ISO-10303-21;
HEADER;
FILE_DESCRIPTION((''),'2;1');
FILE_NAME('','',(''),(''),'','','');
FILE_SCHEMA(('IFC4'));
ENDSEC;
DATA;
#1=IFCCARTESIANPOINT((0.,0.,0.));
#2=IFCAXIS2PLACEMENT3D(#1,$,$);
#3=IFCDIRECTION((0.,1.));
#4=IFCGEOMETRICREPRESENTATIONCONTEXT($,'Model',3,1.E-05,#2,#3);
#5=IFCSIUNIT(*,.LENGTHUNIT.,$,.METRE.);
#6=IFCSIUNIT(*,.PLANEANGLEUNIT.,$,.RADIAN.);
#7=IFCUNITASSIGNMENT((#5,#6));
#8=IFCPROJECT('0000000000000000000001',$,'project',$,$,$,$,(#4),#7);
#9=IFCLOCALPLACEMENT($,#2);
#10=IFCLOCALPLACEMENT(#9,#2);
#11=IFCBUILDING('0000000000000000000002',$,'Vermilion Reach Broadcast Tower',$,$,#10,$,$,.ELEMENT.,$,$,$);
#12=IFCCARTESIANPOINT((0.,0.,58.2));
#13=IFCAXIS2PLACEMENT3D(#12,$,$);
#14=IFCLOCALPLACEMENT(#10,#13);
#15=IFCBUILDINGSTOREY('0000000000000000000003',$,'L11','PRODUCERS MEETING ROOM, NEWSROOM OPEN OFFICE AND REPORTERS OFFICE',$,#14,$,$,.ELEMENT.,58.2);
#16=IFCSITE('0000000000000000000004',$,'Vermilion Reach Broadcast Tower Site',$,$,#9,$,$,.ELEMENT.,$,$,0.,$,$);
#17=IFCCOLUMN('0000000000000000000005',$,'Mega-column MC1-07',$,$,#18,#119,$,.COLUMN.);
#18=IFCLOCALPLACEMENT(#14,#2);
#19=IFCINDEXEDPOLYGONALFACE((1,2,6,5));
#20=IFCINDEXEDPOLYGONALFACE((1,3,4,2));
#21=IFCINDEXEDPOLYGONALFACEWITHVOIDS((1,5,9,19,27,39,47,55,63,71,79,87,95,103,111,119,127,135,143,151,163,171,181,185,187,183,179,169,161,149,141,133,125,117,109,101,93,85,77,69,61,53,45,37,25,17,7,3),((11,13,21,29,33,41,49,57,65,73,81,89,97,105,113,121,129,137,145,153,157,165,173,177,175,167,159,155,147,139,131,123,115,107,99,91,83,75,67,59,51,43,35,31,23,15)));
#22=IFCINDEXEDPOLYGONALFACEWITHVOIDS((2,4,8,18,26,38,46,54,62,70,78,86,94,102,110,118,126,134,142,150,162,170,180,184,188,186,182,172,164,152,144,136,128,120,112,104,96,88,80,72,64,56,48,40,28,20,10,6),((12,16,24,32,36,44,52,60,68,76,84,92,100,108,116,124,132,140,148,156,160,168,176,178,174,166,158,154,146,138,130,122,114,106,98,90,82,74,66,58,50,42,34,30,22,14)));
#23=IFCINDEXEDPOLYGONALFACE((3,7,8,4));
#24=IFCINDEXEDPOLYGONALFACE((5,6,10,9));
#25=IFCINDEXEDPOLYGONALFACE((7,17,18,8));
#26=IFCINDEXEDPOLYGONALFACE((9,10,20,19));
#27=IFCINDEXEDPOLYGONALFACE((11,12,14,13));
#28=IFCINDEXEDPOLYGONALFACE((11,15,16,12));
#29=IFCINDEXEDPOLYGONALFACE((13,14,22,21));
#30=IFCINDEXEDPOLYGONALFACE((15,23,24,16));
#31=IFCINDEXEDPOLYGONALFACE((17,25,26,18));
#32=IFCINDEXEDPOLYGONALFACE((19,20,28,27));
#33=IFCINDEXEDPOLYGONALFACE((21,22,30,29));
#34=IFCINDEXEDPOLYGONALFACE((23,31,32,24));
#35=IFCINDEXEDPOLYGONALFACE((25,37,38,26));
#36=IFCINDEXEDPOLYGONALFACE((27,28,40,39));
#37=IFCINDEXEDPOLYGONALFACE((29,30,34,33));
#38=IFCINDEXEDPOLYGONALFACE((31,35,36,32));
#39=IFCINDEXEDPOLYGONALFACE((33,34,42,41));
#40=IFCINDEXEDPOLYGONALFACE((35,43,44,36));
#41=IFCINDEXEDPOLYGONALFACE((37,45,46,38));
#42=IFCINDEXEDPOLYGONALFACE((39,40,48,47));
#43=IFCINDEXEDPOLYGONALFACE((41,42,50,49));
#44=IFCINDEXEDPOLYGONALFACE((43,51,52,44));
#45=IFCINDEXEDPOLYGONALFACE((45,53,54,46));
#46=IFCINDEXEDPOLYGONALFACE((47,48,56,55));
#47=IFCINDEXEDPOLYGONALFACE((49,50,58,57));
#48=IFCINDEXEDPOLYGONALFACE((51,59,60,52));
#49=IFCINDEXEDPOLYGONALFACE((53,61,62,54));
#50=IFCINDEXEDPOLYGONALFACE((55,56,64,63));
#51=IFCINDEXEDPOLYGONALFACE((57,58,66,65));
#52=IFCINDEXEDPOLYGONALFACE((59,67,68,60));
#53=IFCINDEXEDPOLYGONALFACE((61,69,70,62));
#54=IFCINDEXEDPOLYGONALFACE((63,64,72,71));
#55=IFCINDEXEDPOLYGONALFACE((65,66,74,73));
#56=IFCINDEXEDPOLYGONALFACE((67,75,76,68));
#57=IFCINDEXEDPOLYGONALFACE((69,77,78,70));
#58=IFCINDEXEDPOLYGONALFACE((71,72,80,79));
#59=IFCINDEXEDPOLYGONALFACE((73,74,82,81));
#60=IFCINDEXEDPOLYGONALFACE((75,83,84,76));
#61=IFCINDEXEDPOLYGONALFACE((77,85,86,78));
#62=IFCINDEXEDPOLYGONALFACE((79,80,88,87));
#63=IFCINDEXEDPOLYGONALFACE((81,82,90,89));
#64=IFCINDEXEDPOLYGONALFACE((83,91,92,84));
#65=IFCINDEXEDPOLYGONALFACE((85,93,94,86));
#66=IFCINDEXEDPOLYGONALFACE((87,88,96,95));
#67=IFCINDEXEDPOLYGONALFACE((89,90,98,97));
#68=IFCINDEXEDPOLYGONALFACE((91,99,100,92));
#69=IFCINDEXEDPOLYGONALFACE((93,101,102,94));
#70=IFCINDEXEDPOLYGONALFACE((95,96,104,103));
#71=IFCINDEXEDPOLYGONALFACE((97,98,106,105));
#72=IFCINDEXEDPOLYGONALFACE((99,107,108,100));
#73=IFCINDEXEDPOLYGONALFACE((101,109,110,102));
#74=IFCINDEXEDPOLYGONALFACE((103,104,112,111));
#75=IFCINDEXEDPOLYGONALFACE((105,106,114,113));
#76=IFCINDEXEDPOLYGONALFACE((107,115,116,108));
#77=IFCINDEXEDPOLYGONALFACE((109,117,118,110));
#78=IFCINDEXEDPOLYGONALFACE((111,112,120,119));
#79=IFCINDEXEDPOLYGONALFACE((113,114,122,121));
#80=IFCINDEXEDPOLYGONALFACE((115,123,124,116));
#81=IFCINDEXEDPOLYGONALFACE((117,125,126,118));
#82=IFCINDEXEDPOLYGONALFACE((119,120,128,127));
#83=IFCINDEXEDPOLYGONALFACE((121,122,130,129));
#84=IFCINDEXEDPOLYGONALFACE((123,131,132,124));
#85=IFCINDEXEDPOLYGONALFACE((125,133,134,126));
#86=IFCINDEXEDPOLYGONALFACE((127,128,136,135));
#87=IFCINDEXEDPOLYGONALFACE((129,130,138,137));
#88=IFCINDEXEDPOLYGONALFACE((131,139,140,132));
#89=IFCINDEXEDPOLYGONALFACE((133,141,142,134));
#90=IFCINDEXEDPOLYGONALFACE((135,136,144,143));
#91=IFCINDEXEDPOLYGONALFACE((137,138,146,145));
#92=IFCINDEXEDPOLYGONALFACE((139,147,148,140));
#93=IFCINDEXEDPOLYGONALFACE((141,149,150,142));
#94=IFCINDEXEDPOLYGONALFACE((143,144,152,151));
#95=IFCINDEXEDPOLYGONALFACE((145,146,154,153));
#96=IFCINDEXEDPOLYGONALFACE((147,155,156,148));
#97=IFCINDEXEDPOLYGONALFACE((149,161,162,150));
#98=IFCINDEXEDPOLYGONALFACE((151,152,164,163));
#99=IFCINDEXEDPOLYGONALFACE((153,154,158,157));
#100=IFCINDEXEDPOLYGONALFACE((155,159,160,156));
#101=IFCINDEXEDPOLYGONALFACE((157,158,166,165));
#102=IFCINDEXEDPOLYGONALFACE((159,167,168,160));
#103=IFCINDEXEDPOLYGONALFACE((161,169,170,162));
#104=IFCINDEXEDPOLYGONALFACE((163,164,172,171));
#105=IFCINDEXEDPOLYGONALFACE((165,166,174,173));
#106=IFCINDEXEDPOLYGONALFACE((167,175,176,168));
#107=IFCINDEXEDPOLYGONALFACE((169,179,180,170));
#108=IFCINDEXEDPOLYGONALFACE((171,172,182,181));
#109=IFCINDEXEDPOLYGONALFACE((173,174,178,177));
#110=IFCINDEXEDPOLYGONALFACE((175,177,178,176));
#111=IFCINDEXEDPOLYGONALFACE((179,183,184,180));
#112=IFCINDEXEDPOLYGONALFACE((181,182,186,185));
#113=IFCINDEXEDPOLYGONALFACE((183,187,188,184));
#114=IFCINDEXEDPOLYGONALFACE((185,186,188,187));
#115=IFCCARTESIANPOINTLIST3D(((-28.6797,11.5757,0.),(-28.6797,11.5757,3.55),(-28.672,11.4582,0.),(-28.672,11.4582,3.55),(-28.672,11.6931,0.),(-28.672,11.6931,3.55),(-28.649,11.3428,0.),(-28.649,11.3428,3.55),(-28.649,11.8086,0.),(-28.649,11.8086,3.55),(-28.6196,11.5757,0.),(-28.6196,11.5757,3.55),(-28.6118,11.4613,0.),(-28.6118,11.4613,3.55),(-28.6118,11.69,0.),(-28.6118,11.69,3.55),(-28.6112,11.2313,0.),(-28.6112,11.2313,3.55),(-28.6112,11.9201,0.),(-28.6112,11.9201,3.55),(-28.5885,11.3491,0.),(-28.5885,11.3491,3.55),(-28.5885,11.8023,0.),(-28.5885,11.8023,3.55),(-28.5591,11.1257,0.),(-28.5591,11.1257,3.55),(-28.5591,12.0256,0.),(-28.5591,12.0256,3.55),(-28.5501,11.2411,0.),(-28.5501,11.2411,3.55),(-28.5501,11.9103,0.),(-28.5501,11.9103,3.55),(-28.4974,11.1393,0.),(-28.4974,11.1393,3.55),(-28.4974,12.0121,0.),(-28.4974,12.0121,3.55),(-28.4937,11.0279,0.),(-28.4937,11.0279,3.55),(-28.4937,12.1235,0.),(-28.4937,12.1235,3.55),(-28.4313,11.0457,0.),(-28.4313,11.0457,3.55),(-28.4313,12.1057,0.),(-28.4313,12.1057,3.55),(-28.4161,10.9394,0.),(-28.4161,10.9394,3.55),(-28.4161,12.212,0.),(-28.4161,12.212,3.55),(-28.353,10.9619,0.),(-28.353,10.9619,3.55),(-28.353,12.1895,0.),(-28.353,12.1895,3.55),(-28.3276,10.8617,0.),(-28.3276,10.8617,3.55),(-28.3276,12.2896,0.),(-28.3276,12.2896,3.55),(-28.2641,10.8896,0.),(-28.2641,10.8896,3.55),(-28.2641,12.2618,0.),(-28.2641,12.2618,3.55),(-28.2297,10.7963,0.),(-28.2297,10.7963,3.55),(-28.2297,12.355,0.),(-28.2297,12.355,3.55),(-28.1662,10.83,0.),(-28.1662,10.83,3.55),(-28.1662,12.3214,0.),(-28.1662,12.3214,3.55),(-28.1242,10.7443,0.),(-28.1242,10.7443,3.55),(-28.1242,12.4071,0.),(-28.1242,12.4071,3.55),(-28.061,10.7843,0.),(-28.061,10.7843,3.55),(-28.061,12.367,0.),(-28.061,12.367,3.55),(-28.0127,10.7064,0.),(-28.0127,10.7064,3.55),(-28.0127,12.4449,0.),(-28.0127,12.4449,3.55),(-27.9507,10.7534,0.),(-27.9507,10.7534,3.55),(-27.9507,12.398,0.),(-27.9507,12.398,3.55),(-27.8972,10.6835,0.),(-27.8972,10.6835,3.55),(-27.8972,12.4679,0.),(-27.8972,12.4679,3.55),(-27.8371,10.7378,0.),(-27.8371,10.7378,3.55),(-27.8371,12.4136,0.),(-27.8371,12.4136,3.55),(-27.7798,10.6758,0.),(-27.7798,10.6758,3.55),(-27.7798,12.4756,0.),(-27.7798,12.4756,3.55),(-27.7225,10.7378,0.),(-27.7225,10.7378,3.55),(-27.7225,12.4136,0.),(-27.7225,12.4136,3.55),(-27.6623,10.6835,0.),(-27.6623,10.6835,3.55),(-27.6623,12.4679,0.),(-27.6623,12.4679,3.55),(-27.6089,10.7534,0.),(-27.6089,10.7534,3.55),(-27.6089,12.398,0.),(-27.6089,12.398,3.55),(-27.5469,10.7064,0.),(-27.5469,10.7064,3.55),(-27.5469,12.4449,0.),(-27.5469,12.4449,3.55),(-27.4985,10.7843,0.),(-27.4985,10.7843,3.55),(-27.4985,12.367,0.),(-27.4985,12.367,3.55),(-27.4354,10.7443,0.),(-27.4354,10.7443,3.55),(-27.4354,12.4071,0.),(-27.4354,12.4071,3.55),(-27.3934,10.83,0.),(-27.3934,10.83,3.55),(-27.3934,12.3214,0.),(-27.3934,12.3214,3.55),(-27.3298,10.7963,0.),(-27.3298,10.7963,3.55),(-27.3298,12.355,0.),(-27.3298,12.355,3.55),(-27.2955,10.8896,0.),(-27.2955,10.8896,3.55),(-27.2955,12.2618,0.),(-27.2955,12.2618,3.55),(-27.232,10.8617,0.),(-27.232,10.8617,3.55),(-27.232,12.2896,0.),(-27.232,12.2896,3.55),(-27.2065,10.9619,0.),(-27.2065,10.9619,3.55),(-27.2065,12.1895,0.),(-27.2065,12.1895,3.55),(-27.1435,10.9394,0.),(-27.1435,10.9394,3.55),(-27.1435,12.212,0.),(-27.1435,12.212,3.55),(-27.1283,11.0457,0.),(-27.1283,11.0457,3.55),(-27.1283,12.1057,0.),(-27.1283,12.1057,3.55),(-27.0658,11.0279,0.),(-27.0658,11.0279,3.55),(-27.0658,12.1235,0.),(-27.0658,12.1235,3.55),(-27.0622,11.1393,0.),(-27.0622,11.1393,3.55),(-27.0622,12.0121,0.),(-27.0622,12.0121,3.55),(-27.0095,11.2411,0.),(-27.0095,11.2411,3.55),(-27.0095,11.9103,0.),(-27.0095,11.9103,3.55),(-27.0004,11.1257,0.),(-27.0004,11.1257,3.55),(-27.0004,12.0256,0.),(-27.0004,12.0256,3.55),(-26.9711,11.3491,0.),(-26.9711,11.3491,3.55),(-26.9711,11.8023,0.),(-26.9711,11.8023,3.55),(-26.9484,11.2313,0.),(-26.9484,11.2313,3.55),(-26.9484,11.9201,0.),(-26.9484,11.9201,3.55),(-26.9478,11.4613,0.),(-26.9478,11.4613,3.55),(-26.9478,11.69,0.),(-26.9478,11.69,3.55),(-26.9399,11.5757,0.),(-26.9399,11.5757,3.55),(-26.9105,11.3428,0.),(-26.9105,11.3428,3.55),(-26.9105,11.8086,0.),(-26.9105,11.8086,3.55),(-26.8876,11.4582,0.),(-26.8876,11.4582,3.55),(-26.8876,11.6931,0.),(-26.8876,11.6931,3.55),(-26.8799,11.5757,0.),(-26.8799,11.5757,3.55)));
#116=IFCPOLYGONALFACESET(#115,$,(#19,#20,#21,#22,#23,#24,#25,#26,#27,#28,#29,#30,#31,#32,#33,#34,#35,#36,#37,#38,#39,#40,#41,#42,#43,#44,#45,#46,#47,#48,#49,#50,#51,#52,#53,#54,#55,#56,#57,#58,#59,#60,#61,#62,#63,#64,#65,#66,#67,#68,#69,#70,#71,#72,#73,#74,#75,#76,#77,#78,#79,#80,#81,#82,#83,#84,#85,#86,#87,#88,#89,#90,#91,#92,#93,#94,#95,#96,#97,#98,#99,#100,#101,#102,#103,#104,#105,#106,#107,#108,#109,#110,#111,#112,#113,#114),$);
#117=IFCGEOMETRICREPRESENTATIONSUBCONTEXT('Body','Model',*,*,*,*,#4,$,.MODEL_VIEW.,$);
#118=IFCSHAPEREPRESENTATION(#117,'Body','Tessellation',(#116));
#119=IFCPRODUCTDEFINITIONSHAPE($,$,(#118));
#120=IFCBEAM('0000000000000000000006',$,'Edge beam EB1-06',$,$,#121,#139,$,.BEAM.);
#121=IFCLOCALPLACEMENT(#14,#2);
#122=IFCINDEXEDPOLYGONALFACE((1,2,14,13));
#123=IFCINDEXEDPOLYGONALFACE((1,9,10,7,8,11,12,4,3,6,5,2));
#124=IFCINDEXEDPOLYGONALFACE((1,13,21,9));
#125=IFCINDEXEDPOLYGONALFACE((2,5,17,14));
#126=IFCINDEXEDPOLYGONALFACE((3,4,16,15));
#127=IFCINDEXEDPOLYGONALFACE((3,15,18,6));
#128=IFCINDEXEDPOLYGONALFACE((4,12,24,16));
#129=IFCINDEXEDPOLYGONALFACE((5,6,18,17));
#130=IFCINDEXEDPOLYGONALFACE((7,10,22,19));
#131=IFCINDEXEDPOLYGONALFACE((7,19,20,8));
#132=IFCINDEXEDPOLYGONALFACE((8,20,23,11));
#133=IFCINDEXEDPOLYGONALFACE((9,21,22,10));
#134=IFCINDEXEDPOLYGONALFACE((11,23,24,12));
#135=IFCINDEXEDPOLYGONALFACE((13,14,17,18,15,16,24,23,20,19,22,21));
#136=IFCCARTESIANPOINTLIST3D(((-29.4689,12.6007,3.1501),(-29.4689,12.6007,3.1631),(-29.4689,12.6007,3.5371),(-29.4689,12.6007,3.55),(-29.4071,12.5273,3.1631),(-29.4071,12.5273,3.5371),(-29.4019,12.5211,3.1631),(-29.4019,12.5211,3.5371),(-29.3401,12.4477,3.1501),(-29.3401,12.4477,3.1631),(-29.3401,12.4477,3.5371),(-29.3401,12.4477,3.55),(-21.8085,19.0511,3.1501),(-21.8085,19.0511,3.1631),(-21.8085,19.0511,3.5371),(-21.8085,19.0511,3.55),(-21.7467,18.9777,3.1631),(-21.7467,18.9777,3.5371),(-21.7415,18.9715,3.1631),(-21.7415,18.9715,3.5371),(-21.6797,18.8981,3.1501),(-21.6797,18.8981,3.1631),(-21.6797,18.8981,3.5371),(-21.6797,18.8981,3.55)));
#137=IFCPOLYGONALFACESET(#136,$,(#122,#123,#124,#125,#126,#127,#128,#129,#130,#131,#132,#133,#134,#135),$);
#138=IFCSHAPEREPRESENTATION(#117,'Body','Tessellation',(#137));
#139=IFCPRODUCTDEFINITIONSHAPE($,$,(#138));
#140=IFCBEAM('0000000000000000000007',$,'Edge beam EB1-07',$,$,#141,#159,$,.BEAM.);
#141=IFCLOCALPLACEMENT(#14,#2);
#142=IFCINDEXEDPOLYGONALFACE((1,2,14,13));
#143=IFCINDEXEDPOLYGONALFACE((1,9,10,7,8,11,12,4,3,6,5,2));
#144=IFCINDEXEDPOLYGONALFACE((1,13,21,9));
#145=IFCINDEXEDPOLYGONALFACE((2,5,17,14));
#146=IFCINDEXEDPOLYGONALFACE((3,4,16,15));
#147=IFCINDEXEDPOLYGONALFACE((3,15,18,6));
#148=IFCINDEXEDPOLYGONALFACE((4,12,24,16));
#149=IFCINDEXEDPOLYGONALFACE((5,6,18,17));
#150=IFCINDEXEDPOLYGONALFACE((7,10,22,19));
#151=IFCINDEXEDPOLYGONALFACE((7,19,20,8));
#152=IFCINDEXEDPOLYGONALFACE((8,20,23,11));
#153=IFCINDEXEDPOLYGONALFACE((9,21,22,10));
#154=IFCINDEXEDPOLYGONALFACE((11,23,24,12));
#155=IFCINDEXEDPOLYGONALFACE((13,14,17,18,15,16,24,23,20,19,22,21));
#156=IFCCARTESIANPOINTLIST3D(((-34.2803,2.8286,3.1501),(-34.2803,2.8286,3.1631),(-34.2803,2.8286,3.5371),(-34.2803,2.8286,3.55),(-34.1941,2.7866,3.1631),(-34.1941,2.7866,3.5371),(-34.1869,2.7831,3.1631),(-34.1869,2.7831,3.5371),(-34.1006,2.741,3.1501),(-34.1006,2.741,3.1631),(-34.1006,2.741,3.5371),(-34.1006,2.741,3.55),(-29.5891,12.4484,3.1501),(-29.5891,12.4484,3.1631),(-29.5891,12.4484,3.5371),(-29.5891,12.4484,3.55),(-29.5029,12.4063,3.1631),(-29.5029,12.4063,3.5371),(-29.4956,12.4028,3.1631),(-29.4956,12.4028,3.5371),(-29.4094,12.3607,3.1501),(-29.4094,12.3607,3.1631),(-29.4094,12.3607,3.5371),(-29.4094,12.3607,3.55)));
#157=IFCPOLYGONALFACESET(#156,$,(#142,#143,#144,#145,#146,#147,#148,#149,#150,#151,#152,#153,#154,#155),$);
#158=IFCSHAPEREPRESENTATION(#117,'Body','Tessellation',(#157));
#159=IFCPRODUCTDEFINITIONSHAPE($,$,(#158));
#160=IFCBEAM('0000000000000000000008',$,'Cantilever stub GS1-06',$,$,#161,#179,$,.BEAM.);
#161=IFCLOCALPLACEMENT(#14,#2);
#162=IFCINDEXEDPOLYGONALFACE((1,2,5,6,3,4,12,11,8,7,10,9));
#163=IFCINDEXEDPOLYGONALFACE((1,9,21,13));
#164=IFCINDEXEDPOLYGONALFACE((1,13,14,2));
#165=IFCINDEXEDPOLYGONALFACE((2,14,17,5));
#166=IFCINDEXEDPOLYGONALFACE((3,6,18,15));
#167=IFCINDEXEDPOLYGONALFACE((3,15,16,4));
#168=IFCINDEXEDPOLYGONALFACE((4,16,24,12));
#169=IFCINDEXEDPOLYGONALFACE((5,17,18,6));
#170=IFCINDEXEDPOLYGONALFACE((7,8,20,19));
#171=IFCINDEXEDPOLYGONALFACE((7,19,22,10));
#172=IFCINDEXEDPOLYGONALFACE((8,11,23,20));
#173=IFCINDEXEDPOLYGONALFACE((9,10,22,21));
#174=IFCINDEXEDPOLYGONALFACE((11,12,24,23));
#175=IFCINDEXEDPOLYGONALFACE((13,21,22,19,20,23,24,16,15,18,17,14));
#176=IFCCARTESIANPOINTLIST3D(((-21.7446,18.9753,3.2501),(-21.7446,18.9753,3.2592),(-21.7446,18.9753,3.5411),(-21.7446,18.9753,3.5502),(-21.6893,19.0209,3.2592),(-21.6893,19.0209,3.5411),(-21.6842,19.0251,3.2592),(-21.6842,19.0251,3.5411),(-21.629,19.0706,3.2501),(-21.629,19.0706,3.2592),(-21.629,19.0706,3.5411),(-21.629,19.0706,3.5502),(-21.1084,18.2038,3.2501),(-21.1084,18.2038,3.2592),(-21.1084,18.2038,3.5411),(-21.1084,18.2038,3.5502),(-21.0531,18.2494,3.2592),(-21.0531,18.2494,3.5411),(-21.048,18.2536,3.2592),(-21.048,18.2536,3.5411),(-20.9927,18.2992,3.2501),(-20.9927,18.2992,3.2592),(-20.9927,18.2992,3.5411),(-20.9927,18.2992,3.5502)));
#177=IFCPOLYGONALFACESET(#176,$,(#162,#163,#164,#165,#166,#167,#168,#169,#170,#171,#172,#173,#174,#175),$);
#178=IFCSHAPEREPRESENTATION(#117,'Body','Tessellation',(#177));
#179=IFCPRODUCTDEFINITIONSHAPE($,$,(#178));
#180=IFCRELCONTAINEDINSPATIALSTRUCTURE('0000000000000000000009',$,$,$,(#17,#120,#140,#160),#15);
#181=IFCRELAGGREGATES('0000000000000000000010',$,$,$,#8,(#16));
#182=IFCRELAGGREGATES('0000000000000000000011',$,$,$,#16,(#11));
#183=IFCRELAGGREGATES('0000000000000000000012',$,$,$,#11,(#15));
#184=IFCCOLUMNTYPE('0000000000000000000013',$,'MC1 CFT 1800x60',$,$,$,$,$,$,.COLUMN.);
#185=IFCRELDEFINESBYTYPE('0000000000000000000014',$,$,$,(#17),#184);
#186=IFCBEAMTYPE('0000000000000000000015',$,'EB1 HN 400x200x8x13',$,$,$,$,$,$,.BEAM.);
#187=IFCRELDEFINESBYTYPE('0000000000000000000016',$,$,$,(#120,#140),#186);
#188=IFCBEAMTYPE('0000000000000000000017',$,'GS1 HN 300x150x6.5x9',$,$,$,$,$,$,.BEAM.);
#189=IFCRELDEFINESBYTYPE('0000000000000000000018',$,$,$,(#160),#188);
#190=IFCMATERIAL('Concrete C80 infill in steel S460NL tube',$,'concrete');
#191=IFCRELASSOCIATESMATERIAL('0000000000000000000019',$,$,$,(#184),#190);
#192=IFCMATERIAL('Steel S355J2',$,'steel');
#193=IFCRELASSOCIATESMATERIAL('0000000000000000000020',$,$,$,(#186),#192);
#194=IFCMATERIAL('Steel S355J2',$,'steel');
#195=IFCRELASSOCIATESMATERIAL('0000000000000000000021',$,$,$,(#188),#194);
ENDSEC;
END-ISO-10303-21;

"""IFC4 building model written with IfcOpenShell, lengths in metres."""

from ifc_helpers import new_model, si_unit, direction, frame, origin, origin_2d, place, context, subcontext, project, spatial, hollow_circle, i_section, extrude, material, material_profile, profile_set, type_object, element, save


model = new_model("IFC4")

# Units and contexts
model_context = context("Model", 3, precision=1e-05, world=origin(), true_north=direction((0.0, 1.0)))
body_context = subcontext(model_context, "Body", "Model", "MODEL_VIEW")
ifc_project = project(units=[si_unit("LENGTHUNIT", "METRE"), si_unit("PLANEANGLEUNIT", "RADIAN")], contexts=[model_context])

# Site, building, storey
site_placement = place(None, origin())
site = spatial("IfcSite", under=ifc_project, at=site_placement, Name="Vermilion Reach Broadcast Tower Site", CompositionType="ELEMENT", RefElevation=0.0)
building_placement = place(site_placement, origin())
building = spatial("IfcBuilding", under=site, at=building_placement, Name="Vermilion Reach Broadcast Tower", CompositionType="ELEMENT")
storey_placement = place(building_placement, frame((0.0, 0.0, 58.2)))
storey = spatial("IfcBuildingStorey", under=building, at=storey_placement, Name="L11", Description="PRODUCERS MEETING ROOM, NEWSROOM OPEN OFFICE AND REPORTERS OFFICE", CompositionType="ELEMENT", Elevation=58.2)

# Column
ifc_material_1 = material(Name="Concrete C80 infill in steel S460NL tube", Category="concrete")
ifc_material_profile_1 = material_profile(ifc_material_1, hollow_circle(Radius=0.8999, WallThickness=0.0601, at=origin_2d()), Name="Concrete C80 infill in steel S460NL tube CFT 1800x60")
ifc_profile_set_1 = profile_set([ifc_material_profile_1], Name="Concrete C80 infill in steel S460NL tube")
column_type = type_object("IfcColumnType", Name="MC1 CFT 1800x60", PredefinedType="COLUMN", material=ifc_profile_set_1)
for number, where, z_axis, x_axis, name in (
    (1, (-27.7798, 11.5757, 0.0), (0.0, 0.0, 1.0), (1.0, 0.0, 0.0), "Mega-column MC1-07"),
):
    element("IfcColumn", number, at=place(storey_placement, frame(where, z_axis=z_axis, x_axis=x_axis)), inside=storey, type_object=column_type, Name=name, PredefinedType="COLUMN", context=body_context, shape_type="SweptSolid", body=[
        extrude(hollow_circle(Radius=0.8999, WallThickness=0.0601, at=origin_2d()), origin(), (0.0, 0.0, 1.0), 3.55),
    ])

# Beams
ifc_material_2 = material(Name="Steel S355J2", Category="steel")
ifc_material_profile_2 = material_profile(ifc_material_2, i_section(OverallWidth=0.2, OverallDepth=0.3999, WebThickness=0.0081, FlangeThickness=0.0129, at=origin_2d()), Name="S355J2 HN 400x200x8x13")
ifc_profile_set_2 = profile_set([ifc_material_profile_2], Name="Steel S355J2")
beam_type_1 = type_object("IfcBeamType", Name="EB1 HN 400x200x8x13", PredefinedType="BEAM", material=ifc_profile_set_2)
beam_1_placement = place(storey_placement, frame((-21.7441, 18.9746, 3.3501), z_axis=(-0.764932, -0.644111, 0.0), x_axis=(0.644111, -0.764932, 0.0)))
element("IfcBeam", 2, at=beam_1_placement, inside=storey, type_object=beam_type_1, Name="Edge beam EB1-06", PredefinedType="BEAM", context=body_context, shape_type="SweptSolid", body=[
    extrude(i_section(OverallWidth=0.2, OverallDepth=0.3999, WebThickness=0.0081, FlangeThickness=0.0129, at=origin_2d()), origin(), (0.0, 0.0, 1.0), 10.0144),
])
beam_2_placement = place(storey_placement, frame((-29.4993, 12.4045, 3.3501), z_axis=(-0.438323, -0.898818, 0.0), x_axis=(0.898818, -0.438323, 0.0)))
element("IfcBeam", 3, at=beam_2_placement, inside=storey, type_object=beam_type_1, Name="Edge beam EB1-07", PredefinedType="BEAM", context=body_context, shape_type="SweptSolid", body=[
    extrude(i_section(OverallWidth=0.2, OverallDepth=0.3999, WebThickness=0.0081, FlangeThickness=0.0129, at=origin_2d()), origin(), (0.0, 0.0, 1.0), 10.7026),
])
ifc_material_3 = material(Name="Steel S355J2", Category="steel")
ifc_material_profile_3 = material_profile(ifc_material_3, i_section(OverallWidth=0.1499, OverallDepth=0.3, WebThickness=0.0066, FlangeThickness=0.009, at=origin_2d()), Name="S355J2 HN 300x150x6.5x9")
ifc_profile_set_3 = profile_set([ifc_material_profile_3], Name="Steel S355J2")
beam_type_2 = type_object("IfcBeamType", Name="GS1 HN 300x150x6.5x9", PredefinedType="BEAM", material=ifc_profile_set_3)
beam_3_placement = place(storey_placement, frame((-21.0505, 18.2515, 3.4001), z_axis=(-0.636238, 0.771493, 0.0), x_axis=(-0.771493, -0.636238, 0.0)))
element("IfcBeam", 4, at=beam_3_placement, inside=storey, type_object=beam_type_2, Name="Cantilever stub GS1-06", PredefinedType="BEAM", context=body_context, shape_type="SweptSolid", body=[
    extrude(i_section(OverallWidth=0.1499, OverallDepth=0.3, WebThickness=0.0066, FlangeThickness=0.009, at=origin_2d()), origin(), (0.0, 0.0, 1.0), 1.0),
])

save(model, "model.ifc")
